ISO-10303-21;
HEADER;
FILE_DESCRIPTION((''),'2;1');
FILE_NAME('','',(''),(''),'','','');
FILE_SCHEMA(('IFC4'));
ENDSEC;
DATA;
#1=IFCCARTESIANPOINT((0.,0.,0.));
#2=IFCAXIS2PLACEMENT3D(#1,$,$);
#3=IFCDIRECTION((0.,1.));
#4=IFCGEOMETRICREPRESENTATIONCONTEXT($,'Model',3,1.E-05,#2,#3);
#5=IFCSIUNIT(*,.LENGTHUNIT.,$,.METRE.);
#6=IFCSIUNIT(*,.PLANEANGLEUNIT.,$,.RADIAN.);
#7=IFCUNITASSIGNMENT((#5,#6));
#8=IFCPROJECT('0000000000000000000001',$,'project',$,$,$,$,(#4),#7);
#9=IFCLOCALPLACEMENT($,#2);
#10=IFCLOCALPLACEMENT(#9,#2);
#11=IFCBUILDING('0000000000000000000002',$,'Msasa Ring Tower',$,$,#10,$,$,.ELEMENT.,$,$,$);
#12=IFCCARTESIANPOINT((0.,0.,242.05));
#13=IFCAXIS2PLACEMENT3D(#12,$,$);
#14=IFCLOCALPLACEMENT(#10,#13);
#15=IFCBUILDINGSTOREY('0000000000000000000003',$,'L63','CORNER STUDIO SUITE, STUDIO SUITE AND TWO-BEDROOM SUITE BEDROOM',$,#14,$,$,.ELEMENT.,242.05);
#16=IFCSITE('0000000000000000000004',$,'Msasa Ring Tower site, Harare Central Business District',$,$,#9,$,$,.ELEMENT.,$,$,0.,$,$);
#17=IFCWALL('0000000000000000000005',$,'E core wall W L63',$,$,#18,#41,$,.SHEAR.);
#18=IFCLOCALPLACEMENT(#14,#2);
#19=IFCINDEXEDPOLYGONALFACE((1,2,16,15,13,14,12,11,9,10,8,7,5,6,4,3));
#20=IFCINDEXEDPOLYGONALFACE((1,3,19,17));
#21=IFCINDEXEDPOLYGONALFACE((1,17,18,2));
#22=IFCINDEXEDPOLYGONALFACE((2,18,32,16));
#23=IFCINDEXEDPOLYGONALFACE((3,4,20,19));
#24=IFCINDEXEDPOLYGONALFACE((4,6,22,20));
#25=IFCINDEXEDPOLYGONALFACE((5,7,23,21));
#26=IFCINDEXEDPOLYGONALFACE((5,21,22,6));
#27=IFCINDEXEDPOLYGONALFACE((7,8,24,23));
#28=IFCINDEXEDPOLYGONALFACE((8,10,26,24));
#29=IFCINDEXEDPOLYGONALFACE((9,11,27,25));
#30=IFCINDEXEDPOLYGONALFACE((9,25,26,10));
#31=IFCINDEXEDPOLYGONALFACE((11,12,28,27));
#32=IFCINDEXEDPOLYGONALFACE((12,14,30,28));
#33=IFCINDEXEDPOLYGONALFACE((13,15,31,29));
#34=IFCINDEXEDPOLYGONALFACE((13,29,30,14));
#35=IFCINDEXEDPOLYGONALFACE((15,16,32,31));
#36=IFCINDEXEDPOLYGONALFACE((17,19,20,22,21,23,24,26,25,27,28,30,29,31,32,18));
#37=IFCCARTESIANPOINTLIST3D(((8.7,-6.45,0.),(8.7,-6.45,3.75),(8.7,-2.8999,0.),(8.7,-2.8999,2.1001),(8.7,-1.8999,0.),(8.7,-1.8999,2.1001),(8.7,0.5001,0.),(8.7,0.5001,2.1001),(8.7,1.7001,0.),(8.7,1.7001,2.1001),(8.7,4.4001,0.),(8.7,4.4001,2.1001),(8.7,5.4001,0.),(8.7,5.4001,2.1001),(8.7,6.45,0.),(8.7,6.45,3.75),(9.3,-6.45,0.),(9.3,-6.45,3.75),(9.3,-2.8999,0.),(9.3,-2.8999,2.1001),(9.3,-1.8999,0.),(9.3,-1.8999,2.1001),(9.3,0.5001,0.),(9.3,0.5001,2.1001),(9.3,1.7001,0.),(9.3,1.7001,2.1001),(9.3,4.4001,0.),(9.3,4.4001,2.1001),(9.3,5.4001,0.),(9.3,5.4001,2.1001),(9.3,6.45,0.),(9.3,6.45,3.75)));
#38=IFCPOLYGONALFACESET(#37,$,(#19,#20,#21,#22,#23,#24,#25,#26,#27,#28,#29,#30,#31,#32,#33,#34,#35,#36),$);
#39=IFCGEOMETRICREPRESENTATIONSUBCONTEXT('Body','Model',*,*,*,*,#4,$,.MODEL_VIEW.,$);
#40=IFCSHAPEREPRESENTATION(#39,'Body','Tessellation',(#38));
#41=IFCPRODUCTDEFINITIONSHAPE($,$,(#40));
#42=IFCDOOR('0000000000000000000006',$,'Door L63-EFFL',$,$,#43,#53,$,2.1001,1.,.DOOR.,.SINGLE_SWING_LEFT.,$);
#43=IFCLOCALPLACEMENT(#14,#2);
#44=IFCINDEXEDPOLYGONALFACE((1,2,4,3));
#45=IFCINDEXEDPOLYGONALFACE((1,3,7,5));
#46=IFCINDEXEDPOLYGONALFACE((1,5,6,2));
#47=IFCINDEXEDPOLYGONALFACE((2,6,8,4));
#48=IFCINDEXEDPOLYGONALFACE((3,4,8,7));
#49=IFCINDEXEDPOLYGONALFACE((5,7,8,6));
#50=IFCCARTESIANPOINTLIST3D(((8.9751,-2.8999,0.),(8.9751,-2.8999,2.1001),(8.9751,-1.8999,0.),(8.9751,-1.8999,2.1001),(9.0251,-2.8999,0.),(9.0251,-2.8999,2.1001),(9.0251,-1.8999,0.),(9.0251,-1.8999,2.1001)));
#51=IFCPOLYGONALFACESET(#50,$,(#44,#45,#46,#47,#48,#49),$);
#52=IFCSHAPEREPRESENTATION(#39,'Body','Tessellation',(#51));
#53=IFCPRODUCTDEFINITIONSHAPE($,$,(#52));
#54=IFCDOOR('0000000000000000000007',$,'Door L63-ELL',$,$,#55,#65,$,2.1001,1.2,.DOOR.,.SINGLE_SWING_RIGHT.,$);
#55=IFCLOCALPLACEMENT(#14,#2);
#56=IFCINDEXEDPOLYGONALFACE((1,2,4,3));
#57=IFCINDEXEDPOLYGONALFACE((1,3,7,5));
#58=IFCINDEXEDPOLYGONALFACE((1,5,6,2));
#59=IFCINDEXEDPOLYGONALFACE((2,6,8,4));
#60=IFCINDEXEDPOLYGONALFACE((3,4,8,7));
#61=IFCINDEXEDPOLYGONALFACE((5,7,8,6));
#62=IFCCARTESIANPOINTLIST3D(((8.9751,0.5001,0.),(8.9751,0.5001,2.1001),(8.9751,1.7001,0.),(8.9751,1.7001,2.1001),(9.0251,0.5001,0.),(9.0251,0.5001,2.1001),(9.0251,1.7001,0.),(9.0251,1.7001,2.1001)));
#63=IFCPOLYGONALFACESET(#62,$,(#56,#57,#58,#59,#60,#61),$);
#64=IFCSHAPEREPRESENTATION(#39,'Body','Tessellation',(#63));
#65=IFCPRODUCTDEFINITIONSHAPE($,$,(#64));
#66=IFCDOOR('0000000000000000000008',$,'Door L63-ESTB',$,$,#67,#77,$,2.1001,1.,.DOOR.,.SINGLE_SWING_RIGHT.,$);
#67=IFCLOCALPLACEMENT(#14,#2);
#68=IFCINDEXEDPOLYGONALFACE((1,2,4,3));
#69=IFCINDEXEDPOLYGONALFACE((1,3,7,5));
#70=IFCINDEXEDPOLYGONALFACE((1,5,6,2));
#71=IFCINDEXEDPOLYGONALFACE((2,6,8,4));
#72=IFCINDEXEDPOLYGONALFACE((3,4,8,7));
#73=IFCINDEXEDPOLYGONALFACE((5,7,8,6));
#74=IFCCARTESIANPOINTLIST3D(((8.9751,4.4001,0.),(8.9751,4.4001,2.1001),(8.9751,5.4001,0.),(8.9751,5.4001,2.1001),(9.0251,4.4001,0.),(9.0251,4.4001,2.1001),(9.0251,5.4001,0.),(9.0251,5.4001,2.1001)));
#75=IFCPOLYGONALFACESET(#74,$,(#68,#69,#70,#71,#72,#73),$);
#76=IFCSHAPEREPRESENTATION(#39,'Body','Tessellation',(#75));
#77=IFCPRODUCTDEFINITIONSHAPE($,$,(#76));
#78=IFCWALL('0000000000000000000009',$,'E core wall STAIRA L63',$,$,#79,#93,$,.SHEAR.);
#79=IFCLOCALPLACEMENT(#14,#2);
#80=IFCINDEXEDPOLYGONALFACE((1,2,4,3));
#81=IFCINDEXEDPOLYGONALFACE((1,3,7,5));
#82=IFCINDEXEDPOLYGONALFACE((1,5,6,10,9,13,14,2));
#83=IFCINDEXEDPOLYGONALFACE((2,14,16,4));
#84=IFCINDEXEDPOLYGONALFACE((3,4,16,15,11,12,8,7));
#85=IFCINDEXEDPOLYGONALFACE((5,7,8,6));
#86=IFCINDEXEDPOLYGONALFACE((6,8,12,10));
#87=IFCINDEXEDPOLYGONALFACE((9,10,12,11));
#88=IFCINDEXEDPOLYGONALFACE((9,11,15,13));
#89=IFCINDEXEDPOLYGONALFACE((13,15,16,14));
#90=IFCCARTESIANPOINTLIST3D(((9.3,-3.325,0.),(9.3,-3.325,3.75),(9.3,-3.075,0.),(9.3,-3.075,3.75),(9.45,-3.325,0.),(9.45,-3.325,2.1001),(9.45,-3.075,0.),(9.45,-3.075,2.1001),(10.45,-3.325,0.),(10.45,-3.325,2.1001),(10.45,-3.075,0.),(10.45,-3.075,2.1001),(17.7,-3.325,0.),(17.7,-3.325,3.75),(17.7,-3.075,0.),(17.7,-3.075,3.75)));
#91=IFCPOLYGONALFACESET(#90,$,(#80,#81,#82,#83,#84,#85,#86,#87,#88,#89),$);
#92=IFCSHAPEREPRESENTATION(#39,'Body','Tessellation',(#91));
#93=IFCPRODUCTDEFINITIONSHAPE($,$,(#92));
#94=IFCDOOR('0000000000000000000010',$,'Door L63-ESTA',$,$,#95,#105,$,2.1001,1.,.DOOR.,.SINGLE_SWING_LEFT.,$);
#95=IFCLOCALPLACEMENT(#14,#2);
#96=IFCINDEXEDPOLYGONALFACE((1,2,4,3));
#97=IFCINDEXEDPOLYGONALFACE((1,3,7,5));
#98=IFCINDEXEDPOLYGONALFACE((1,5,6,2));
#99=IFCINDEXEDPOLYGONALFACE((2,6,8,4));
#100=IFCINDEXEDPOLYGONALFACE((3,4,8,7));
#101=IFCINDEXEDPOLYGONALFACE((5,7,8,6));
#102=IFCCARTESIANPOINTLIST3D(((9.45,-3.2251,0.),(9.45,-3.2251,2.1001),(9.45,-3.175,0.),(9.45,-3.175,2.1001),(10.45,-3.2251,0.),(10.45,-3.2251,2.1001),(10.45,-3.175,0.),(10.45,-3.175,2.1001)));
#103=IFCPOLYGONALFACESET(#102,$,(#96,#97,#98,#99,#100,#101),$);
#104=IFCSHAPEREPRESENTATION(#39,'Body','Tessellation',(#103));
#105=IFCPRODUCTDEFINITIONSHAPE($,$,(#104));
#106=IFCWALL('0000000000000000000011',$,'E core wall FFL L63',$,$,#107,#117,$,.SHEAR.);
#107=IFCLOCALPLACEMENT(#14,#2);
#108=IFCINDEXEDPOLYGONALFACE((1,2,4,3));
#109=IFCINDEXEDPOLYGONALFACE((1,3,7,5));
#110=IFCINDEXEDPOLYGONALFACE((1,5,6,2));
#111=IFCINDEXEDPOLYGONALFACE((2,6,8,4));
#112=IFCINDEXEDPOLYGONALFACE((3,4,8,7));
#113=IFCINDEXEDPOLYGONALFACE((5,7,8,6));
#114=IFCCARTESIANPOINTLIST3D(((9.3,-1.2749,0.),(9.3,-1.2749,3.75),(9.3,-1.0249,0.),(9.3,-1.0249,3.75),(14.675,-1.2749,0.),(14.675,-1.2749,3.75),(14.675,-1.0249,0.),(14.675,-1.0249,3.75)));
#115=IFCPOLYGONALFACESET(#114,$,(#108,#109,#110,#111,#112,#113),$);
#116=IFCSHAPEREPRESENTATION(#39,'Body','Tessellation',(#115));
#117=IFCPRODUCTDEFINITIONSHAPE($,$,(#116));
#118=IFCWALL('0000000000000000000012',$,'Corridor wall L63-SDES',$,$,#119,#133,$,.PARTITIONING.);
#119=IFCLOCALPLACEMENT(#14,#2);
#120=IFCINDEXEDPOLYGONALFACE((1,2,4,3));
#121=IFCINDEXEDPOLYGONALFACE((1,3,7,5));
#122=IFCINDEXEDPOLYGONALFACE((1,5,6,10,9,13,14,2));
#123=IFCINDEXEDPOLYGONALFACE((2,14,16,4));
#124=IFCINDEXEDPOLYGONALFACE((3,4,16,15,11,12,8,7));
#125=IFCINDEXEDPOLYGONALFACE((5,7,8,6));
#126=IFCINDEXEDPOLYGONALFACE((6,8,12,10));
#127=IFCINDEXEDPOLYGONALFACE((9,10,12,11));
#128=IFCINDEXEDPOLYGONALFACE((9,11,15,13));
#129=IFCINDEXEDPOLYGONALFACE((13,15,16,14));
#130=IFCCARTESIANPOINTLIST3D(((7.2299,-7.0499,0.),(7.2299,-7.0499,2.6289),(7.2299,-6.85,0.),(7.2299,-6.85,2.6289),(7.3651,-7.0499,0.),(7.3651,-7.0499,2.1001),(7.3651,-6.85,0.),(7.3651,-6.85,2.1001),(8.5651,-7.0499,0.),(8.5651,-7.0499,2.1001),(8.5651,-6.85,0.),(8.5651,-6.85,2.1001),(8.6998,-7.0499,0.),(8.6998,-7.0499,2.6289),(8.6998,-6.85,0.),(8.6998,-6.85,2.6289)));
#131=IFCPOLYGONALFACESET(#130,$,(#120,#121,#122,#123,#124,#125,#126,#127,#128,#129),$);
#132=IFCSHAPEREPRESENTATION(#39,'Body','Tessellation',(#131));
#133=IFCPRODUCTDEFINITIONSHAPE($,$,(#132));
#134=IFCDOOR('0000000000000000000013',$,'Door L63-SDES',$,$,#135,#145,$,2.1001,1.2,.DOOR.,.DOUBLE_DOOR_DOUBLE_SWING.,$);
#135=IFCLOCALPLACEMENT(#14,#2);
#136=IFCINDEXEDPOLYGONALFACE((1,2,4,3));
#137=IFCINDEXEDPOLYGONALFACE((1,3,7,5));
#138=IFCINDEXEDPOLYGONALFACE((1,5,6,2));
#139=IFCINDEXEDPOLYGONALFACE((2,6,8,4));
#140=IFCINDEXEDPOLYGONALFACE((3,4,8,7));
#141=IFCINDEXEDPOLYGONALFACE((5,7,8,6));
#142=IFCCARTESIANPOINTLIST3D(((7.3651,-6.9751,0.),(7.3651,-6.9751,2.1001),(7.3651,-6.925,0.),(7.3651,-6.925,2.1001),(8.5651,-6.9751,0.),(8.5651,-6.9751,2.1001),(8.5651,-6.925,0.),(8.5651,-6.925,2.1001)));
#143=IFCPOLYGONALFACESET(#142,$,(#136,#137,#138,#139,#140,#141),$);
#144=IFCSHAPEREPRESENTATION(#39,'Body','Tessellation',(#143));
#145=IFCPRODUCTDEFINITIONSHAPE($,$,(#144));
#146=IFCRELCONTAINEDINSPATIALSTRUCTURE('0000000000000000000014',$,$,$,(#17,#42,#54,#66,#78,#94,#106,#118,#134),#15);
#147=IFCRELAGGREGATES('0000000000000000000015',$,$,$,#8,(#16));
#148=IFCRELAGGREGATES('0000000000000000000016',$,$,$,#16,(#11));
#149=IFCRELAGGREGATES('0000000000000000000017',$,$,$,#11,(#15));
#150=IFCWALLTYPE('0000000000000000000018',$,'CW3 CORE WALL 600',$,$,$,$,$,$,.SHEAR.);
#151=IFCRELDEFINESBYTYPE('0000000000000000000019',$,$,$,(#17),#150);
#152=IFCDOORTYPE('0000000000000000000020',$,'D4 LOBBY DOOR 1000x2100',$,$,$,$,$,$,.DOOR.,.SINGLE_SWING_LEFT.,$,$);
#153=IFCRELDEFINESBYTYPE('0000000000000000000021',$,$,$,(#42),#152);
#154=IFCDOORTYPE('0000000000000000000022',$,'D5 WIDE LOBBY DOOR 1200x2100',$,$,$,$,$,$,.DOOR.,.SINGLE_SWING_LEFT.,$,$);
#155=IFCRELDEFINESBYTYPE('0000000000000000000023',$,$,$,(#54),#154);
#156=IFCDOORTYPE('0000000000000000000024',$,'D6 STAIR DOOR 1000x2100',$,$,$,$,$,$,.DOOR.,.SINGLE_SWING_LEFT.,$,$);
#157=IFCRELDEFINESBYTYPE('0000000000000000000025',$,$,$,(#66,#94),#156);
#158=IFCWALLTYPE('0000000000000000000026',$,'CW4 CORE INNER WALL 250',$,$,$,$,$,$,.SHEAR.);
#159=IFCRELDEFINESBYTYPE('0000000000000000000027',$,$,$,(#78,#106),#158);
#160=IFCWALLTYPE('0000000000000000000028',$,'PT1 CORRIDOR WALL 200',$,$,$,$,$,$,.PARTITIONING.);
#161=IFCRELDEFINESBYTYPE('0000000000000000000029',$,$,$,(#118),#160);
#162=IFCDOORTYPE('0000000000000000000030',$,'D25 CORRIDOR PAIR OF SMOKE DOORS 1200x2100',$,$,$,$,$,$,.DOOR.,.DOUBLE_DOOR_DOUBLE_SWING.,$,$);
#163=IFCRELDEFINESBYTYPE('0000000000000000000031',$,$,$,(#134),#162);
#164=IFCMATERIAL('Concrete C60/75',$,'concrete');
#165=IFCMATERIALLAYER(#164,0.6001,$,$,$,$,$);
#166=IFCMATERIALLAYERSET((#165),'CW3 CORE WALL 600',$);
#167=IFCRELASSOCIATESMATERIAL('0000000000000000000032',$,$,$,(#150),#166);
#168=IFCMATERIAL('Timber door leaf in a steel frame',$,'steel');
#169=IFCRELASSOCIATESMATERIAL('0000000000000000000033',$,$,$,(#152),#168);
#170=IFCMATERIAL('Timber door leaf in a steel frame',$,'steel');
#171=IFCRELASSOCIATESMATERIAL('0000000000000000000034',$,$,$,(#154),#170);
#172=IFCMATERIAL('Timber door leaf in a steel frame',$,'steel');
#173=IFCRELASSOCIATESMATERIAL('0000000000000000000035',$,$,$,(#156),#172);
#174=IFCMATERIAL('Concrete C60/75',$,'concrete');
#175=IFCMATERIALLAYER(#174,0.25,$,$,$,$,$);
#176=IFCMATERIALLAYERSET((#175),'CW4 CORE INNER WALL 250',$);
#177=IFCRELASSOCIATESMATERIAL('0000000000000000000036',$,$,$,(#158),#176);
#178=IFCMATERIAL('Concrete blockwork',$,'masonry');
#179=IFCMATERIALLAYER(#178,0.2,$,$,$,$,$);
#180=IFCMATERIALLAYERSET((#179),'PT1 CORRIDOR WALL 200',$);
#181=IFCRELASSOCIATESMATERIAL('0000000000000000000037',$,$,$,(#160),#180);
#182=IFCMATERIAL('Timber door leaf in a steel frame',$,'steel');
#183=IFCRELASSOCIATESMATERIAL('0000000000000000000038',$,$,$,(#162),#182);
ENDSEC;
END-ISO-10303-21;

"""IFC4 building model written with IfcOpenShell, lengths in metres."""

from ifc_helpers import new_model, si_unit, direction, frame, frame_2d, origin, place, context, subcontext, project, spatial, rectangle, extrude, material, layer, layer_set, type_object, element, fill, save


model = new_model("IFC4")

# Units and contexts
model_context = context("Model", 3, precision=1e-05, world=origin(), true_north=direction((0.0, 1.0)))
body_context = subcontext(model_context, "Body", "Model", "MODEL_VIEW")
ifc_project = project(units=[si_unit("LENGTHUNIT", "METRE"), si_unit("PLANEANGLEUNIT", "RADIAN")], contexts=[model_context])

# Site, building, storey
site_placement = place(None, origin())
site = spatial("IfcSite", under=ifc_project, at=site_placement, Name="Msasa Ring Tower site, Harare Central Business District", CompositionType="ELEMENT", RefElevation=0.0)
building_placement = place(site_placement, origin())
building = spatial("IfcBuilding", under=site, at=building_placement, Name="Msasa Ring Tower", CompositionType="ELEMENT")
storey_placement = place(building_placement, frame((0.0, 0.0, 242.05)))
storey = spatial("IfcBuildingStorey", under=building, at=storey_placement, Name="L63", Description="CORNER STUDIO SUITE, STUDIO SUITE AND TWO-BEDROOM SUITE BEDROOM", CompositionType="ELEMENT", Elevation=242.05)

# Shared definitions
ifc_material_1 = material(Name="Concrete C60/75", Category="concrete")
ifc_layer_1 = layer(ifc_material_1, 0.6001)
ifc_layer_set_1 = layer_set([ifc_layer_1], Name="CW3 CORE WALL 600")
wall_type_1 = type_object("IfcWallType", Name="CW3 CORE WALL 600", PredefinedType="SHEAR", material=ifc_layer_set_1)

# Wall, openings, doors
wall_1_placement = place(storey_placement, frame((9.0, -6.45, 0.0), z_axis=(0.0, 0.0, 1.0), x_axis=(0.0, 1.0, 0.0)))
wall_1 = element("IfcWall", 1, at=wall_1_placement, inside=storey, type_object=wall_type_1, Name="E core wall W L63", PredefinedType="SHEAR", context=body_context, shape_type="SweptSolid", body=[
    extrude(rectangle(XDim=12.8999, YDim=0.6001, at=frame_2d((6.45, 0.0))), origin(), (0.0, 0.0, 1.0), 3.75),
])
opening_1_placement = place(wall_1_placement, frame((3.55, 0.0, 0.0)))
opening_1 = element("IfcOpeningElement", 2, at=opening_1_placement, cuts=wall_1, PredefinedType="OPENING", context=body_context, shape_type="SweptSolid", body=[
    extrude(rectangle(XDim=1.0, YDim=2.1001, at=frame_2d((0.5, 1.05))), frame((0.0, 0.3101, 0.0), z_axis=(0.0, -1.0, 0.0), x_axis=(1.0, 0.0, 0.0)), (0.0, 0.0, 1.0), 0.6201),
])
opening_2_placement = place(wall_1_placement, frame((6.95, 0.0, 0.0)))
opening_2 = element("IfcOpeningElement", 3, at=opening_2_placement, cuts=wall_1, PredefinedType="OPENING", context=body_context, shape_type="SweptSolid", body=[
    extrude(rectangle(XDim=1.2, YDim=2.1001, at=frame_2d((0.6001, 1.05))), frame((0.0, 0.3101, 0.0), z_axis=(0.0, -1.0, 0.0), x_axis=(1.0, 0.0, 0.0)), (0.0, 0.0, 1.0), 0.6201),
])
opening_3_placement = place(wall_1_placement, frame((10.8501, 0.0, 0.0)))
opening_3 = element("IfcOpeningElement", 4, at=opening_3_placement, cuts=wall_1, PredefinedType="OPENING", context=body_context, shape_type="SweptSolid", body=[
    extrude(rectangle(XDim=1.0, YDim=2.1001, at=frame_2d((0.5, 1.05))), frame((0.0, 0.3101, 0.0), z_axis=(0.0, -1.0, 0.0), x_axis=(1.0, 0.0, 0.0)), (0.0, 0.0, 1.0), 0.6201),
])
ifc_material_2 = material(Name="Timber door leaf in a steel frame", Category="steel")
door_type_1 = type_object("IfcDoorType", Name="D4 LOBBY DOOR 1000x2100", OperationType="SINGLE_SWING_LEFT", PredefinedType="DOOR", material=ifc_material_2)
door_1_placement = place(opening_1_placement, origin())
door_1 = element("IfcDoor", 5, at=door_1_placement, inside=storey, type_object=door_type_1, Name="Door L63-EFFL", OperationType="SINGLE_SWING_LEFT", OverallHeight=2.1001, OverallWidth=1.0, PredefinedType="DOOR", context=body_context, shape_type="SweptSolid", body=[
    extrude(rectangle(XDim=1.0, YDim=2.1001, at=frame_2d((0.5, 1.05))), frame((0.0, 0.0249, 0.0), z_axis=(0.0, -1.0, 0.0), x_axis=(1.0, 0.0, 0.0)), (0.0, 0.0, 1.0), 0.05),
])
fill(opening_1, door_1)
ifc_material_3 = material(Name="Timber door leaf in a steel frame", Category="steel")
door_type_2 = type_object("IfcDoorType", Name="D5 WIDE LOBBY DOOR 1200x2100", OperationType="SINGLE_SWING_LEFT", PredefinedType="DOOR", material=ifc_material_3)
door_2_placement = place(opening_2_placement, origin())
door_2 = element("IfcDoor", 6, at=door_2_placement, inside=storey, type_object=door_type_2, Name="Door L63-ELL", OperationType="SINGLE_SWING_RIGHT", OverallHeight=2.1001, OverallWidth=1.2, PredefinedType="DOOR", context=body_context, shape_type="SweptSolid", body=[
    extrude(rectangle(XDim=1.2, YDim=2.1001, at=frame_2d((0.6001, 1.05))), frame((0.0, 0.0249, 0.0), z_axis=(0.0, -1.0, 0.0), x_axis=(1.0, 0.0, 0.0)), (0.0, 0.0, 1.0), 0.05),
])
fill(opening_2, door_2)
ifc_material_4 = material(Name="Timber door leaf in a steel frame", Category="steel")
door_type_3 = type_object("IfcDoorType", Name="D6 STAIR DOOR 1000x2100", OperationType="SINGLE_SWING_LEFT", PredefinedType="DOOR", material=ifc_material_4)
door_3_placement = place(opening_3_placement, origin())
door_3 = element("IfcDoor", 7, at=door_3_placement, inside=storey, type_object=door_type_3, Name="Door L63-ESTB", OperationType="SINGLE_SWING_RIGHT", OverallHeight=2.1001, OverallWidth=1.0, PredefinedType="DOOR", context=body_context, shape_type="SweptSolid", body=[
    extrude(rectangle(XDim=1.0, YDim=2.1001, at=frame_2d((0.5, 1.05))), frame((0.0, 0.0249, 0.0), z_axis=(0.0, -1.0, 0.0), x_axis=(1.0, 0.0, 0.0)), (0.0, 0.0, 1.0), 0.05),
])
fill(opening_3, door_3)

# Wall, opening, door
ifc_material_5 = material(Name="Concrete C60/75", Category="concrete")
ifc_layer_2 = layer(ifc_material_5, 0.25)
ifc_layer_set_2 = layer_set([ifc_layer_2], Name="CW4 CORE INNER WALL 250")
wall_type_2 = type_object("IfcWallType", Name="CW4 CORE INNER WALL 250", PredefinedType="SHEAR", material=ifc_layer_set_2)
wall_2_placement = place(storey_placement, frame((9.3, -3.2, 0.0), z_axis=(0.0, 0.0, 1.0), x_axis=(1.0, 0.0, 0.0)))
wall_2 = element("IfcWall", 8, at=wall_2_placement, inside=storey, type_object=wall_type_2, Name="E core wall STAIRA L63", PredefinedType="SHEAR", context=body_context, shape_type="SweptSolid", body=[
    extrude(rectangle(XDim=8.3999, YDim=0.25, at=frame_2d((4.2, 0.0))), origin(), (0.0, 0.0, 1.0), 3.75),
])
opening_4_placement = place(wall_2_placement, frame((0.1499, 0.0, 0.0)))
opening_4 = element("IfcOpeningElement", 9, at=opening_4_placement, cuts=wall_2, PredefinedType="OPENING", context=body_context, shape_type="SweptSolid", body=[
    extrude(rectangle(XDim=1.0, YDim=2.1001, at=frame_2d((0.5, 1.05))), frame((0.0, 0.135, 0.0), z_axis=(0.0, -1.0, 0.0), x_axis=(1.0, 0.0, 0.0)), (0.0, 0.0, 1.0), 0.27),
])
door_4_placement = place(opening_4_placement, origin())
door_4 = element("IfcDoor", 10, at=door_4_placement, inside=storey, type_object=door_type_3, Name="Door L63-ESTA", OperationType="SINGLE_SWING_LEFT", OverallHeight=2.1001, OverallWidth=1.0, PredefinedType="DOOR", context=body_context, shape_type="SweptSolid", body=[
    extrude(rectangle(XDim=1.0, YDim=2.1001, at=frame_2d((0.5, 1.05))), frame((0.0, 0.0249, 0.0), z_axis=(0.0, -1.0, 0.0), x_axis=(1.0, 0.0, 0.0)), (0.0, 0.0, 1.0), 0.05),
])
fill(opening_4, door_4)

# Wall
wall_3_placement = place(storey_placement, frame((9.3, -1.1499, 0.0), z_axis=(0.0, 0.0, 1.0), x_axis=(1.0, 0.0, 0.0)))
element("IfcWall", 11, at=wall_3_placement, inside=storey, type_object=wall_type_2, Name="E core wall FFL L63", PredefinedType="SHEAR", context=body_context, shape_type="SweptSolid", body=[
    extrude(rectangle(XDim=5.375, YDim=0.25, at=frame_2d((2.6875, 0.0))), origin(), (0.0, 0.0, 1.0), 3.75),
])

# Wall, opening, door
ifc_material_6 = material(Name="Concrete blockwork", Category="masonry")
ifc_layer_3 = layer(ifc_material_6, 0.2)
ifc_layer_set_3 = layer_set([ifc_layer_3], Name="PT1 CORRIDOR WALL 200")
wall_type_3 = type_object("IfcWallType", Name="PT1 CORRIDOR WALL 200", PredefinedType="PARTITIONING", material=ifc_layer_set_3)
wall_4_placement = place(storey_placement, frame((7.23, -6.95, 0.0), z_axis=(0.0, 0.0, 1.0), x_axis=(1.0, 0.0, 0.0)))
wall_4 = element("IfcWall", 12, at=wall_4_placement, inside=storey, type_object=wall_type_3, Name="Corridor wall L63-SDES", PredefinedType="PARTITIONING", context=body_context, shape_type="SweptSolid", body=[
    extrude(rectangle(XDim=1.47, YDim=0.2, at=frame_2d((0.7349, 0.0))), origin(), (0.0, 0.0, 1.0), 2.6289),
])
opening_5_placement = place(wall_4_placement, frame((0.135, 0.0, 0.0)))
opening_5 = element("IfcOpeningElement", 13, at=opening_5_placement, cuts=wall_4, PredefinedType="OPENING", context=body_context, shape_type="SweptSolid", body=[
    extrude(rectangle(XDim=1.2, YDim=2.1001, at=frame_2d((0.6001, 1.05))), frame((0.0, 0.1099, 0.0), z_axis=(0.0, -1.0, 0.0), x_axis=(1.0, 0.0, 0.0)), (0.0, 0.0, 1.0), 0.22),
])
ifc_material_7 = material(Name="Timber door leaf in a steel frame", Category="steel")
door_type_4 = type_object("IfcDoorType", Name="D25 CORRIDOR PAIR OF SMOKE DOORS 1200x2100", OperationType="DOUBLE_DOOR_DOUBLE_SWING", PredefinedType="DOOR", material=ifc_material_7)
door_5_placement = place(opening_5_placement, origin())
door_5 = element("IfcDoor", 14, at=door_5_placement, inside=storey, type_object=door_type_4, Name="Door L63-SDES", OperationType="DOUBLE_DOOR_DOUBLE_SWING", OverallHeight=2.1001, OverallWidth=1.2, PredefinedType="DOOR", context=body_context, shape_type="SweptSolid", body=[
    extrude(rectangle(XDim=1.2, YDim=2.1001, at=frame_2d((0.6001, 1.05))), frame((0.0, 0.0249, 0.0), z_axis=(0.0, -1.0, 0.0), x_axis=(1.0, 0.0, 0.0)), (0.0, 0.0, 1.0), 0.05),
])
fill(opening_5, door_5)

save(model, "model.ifc")
